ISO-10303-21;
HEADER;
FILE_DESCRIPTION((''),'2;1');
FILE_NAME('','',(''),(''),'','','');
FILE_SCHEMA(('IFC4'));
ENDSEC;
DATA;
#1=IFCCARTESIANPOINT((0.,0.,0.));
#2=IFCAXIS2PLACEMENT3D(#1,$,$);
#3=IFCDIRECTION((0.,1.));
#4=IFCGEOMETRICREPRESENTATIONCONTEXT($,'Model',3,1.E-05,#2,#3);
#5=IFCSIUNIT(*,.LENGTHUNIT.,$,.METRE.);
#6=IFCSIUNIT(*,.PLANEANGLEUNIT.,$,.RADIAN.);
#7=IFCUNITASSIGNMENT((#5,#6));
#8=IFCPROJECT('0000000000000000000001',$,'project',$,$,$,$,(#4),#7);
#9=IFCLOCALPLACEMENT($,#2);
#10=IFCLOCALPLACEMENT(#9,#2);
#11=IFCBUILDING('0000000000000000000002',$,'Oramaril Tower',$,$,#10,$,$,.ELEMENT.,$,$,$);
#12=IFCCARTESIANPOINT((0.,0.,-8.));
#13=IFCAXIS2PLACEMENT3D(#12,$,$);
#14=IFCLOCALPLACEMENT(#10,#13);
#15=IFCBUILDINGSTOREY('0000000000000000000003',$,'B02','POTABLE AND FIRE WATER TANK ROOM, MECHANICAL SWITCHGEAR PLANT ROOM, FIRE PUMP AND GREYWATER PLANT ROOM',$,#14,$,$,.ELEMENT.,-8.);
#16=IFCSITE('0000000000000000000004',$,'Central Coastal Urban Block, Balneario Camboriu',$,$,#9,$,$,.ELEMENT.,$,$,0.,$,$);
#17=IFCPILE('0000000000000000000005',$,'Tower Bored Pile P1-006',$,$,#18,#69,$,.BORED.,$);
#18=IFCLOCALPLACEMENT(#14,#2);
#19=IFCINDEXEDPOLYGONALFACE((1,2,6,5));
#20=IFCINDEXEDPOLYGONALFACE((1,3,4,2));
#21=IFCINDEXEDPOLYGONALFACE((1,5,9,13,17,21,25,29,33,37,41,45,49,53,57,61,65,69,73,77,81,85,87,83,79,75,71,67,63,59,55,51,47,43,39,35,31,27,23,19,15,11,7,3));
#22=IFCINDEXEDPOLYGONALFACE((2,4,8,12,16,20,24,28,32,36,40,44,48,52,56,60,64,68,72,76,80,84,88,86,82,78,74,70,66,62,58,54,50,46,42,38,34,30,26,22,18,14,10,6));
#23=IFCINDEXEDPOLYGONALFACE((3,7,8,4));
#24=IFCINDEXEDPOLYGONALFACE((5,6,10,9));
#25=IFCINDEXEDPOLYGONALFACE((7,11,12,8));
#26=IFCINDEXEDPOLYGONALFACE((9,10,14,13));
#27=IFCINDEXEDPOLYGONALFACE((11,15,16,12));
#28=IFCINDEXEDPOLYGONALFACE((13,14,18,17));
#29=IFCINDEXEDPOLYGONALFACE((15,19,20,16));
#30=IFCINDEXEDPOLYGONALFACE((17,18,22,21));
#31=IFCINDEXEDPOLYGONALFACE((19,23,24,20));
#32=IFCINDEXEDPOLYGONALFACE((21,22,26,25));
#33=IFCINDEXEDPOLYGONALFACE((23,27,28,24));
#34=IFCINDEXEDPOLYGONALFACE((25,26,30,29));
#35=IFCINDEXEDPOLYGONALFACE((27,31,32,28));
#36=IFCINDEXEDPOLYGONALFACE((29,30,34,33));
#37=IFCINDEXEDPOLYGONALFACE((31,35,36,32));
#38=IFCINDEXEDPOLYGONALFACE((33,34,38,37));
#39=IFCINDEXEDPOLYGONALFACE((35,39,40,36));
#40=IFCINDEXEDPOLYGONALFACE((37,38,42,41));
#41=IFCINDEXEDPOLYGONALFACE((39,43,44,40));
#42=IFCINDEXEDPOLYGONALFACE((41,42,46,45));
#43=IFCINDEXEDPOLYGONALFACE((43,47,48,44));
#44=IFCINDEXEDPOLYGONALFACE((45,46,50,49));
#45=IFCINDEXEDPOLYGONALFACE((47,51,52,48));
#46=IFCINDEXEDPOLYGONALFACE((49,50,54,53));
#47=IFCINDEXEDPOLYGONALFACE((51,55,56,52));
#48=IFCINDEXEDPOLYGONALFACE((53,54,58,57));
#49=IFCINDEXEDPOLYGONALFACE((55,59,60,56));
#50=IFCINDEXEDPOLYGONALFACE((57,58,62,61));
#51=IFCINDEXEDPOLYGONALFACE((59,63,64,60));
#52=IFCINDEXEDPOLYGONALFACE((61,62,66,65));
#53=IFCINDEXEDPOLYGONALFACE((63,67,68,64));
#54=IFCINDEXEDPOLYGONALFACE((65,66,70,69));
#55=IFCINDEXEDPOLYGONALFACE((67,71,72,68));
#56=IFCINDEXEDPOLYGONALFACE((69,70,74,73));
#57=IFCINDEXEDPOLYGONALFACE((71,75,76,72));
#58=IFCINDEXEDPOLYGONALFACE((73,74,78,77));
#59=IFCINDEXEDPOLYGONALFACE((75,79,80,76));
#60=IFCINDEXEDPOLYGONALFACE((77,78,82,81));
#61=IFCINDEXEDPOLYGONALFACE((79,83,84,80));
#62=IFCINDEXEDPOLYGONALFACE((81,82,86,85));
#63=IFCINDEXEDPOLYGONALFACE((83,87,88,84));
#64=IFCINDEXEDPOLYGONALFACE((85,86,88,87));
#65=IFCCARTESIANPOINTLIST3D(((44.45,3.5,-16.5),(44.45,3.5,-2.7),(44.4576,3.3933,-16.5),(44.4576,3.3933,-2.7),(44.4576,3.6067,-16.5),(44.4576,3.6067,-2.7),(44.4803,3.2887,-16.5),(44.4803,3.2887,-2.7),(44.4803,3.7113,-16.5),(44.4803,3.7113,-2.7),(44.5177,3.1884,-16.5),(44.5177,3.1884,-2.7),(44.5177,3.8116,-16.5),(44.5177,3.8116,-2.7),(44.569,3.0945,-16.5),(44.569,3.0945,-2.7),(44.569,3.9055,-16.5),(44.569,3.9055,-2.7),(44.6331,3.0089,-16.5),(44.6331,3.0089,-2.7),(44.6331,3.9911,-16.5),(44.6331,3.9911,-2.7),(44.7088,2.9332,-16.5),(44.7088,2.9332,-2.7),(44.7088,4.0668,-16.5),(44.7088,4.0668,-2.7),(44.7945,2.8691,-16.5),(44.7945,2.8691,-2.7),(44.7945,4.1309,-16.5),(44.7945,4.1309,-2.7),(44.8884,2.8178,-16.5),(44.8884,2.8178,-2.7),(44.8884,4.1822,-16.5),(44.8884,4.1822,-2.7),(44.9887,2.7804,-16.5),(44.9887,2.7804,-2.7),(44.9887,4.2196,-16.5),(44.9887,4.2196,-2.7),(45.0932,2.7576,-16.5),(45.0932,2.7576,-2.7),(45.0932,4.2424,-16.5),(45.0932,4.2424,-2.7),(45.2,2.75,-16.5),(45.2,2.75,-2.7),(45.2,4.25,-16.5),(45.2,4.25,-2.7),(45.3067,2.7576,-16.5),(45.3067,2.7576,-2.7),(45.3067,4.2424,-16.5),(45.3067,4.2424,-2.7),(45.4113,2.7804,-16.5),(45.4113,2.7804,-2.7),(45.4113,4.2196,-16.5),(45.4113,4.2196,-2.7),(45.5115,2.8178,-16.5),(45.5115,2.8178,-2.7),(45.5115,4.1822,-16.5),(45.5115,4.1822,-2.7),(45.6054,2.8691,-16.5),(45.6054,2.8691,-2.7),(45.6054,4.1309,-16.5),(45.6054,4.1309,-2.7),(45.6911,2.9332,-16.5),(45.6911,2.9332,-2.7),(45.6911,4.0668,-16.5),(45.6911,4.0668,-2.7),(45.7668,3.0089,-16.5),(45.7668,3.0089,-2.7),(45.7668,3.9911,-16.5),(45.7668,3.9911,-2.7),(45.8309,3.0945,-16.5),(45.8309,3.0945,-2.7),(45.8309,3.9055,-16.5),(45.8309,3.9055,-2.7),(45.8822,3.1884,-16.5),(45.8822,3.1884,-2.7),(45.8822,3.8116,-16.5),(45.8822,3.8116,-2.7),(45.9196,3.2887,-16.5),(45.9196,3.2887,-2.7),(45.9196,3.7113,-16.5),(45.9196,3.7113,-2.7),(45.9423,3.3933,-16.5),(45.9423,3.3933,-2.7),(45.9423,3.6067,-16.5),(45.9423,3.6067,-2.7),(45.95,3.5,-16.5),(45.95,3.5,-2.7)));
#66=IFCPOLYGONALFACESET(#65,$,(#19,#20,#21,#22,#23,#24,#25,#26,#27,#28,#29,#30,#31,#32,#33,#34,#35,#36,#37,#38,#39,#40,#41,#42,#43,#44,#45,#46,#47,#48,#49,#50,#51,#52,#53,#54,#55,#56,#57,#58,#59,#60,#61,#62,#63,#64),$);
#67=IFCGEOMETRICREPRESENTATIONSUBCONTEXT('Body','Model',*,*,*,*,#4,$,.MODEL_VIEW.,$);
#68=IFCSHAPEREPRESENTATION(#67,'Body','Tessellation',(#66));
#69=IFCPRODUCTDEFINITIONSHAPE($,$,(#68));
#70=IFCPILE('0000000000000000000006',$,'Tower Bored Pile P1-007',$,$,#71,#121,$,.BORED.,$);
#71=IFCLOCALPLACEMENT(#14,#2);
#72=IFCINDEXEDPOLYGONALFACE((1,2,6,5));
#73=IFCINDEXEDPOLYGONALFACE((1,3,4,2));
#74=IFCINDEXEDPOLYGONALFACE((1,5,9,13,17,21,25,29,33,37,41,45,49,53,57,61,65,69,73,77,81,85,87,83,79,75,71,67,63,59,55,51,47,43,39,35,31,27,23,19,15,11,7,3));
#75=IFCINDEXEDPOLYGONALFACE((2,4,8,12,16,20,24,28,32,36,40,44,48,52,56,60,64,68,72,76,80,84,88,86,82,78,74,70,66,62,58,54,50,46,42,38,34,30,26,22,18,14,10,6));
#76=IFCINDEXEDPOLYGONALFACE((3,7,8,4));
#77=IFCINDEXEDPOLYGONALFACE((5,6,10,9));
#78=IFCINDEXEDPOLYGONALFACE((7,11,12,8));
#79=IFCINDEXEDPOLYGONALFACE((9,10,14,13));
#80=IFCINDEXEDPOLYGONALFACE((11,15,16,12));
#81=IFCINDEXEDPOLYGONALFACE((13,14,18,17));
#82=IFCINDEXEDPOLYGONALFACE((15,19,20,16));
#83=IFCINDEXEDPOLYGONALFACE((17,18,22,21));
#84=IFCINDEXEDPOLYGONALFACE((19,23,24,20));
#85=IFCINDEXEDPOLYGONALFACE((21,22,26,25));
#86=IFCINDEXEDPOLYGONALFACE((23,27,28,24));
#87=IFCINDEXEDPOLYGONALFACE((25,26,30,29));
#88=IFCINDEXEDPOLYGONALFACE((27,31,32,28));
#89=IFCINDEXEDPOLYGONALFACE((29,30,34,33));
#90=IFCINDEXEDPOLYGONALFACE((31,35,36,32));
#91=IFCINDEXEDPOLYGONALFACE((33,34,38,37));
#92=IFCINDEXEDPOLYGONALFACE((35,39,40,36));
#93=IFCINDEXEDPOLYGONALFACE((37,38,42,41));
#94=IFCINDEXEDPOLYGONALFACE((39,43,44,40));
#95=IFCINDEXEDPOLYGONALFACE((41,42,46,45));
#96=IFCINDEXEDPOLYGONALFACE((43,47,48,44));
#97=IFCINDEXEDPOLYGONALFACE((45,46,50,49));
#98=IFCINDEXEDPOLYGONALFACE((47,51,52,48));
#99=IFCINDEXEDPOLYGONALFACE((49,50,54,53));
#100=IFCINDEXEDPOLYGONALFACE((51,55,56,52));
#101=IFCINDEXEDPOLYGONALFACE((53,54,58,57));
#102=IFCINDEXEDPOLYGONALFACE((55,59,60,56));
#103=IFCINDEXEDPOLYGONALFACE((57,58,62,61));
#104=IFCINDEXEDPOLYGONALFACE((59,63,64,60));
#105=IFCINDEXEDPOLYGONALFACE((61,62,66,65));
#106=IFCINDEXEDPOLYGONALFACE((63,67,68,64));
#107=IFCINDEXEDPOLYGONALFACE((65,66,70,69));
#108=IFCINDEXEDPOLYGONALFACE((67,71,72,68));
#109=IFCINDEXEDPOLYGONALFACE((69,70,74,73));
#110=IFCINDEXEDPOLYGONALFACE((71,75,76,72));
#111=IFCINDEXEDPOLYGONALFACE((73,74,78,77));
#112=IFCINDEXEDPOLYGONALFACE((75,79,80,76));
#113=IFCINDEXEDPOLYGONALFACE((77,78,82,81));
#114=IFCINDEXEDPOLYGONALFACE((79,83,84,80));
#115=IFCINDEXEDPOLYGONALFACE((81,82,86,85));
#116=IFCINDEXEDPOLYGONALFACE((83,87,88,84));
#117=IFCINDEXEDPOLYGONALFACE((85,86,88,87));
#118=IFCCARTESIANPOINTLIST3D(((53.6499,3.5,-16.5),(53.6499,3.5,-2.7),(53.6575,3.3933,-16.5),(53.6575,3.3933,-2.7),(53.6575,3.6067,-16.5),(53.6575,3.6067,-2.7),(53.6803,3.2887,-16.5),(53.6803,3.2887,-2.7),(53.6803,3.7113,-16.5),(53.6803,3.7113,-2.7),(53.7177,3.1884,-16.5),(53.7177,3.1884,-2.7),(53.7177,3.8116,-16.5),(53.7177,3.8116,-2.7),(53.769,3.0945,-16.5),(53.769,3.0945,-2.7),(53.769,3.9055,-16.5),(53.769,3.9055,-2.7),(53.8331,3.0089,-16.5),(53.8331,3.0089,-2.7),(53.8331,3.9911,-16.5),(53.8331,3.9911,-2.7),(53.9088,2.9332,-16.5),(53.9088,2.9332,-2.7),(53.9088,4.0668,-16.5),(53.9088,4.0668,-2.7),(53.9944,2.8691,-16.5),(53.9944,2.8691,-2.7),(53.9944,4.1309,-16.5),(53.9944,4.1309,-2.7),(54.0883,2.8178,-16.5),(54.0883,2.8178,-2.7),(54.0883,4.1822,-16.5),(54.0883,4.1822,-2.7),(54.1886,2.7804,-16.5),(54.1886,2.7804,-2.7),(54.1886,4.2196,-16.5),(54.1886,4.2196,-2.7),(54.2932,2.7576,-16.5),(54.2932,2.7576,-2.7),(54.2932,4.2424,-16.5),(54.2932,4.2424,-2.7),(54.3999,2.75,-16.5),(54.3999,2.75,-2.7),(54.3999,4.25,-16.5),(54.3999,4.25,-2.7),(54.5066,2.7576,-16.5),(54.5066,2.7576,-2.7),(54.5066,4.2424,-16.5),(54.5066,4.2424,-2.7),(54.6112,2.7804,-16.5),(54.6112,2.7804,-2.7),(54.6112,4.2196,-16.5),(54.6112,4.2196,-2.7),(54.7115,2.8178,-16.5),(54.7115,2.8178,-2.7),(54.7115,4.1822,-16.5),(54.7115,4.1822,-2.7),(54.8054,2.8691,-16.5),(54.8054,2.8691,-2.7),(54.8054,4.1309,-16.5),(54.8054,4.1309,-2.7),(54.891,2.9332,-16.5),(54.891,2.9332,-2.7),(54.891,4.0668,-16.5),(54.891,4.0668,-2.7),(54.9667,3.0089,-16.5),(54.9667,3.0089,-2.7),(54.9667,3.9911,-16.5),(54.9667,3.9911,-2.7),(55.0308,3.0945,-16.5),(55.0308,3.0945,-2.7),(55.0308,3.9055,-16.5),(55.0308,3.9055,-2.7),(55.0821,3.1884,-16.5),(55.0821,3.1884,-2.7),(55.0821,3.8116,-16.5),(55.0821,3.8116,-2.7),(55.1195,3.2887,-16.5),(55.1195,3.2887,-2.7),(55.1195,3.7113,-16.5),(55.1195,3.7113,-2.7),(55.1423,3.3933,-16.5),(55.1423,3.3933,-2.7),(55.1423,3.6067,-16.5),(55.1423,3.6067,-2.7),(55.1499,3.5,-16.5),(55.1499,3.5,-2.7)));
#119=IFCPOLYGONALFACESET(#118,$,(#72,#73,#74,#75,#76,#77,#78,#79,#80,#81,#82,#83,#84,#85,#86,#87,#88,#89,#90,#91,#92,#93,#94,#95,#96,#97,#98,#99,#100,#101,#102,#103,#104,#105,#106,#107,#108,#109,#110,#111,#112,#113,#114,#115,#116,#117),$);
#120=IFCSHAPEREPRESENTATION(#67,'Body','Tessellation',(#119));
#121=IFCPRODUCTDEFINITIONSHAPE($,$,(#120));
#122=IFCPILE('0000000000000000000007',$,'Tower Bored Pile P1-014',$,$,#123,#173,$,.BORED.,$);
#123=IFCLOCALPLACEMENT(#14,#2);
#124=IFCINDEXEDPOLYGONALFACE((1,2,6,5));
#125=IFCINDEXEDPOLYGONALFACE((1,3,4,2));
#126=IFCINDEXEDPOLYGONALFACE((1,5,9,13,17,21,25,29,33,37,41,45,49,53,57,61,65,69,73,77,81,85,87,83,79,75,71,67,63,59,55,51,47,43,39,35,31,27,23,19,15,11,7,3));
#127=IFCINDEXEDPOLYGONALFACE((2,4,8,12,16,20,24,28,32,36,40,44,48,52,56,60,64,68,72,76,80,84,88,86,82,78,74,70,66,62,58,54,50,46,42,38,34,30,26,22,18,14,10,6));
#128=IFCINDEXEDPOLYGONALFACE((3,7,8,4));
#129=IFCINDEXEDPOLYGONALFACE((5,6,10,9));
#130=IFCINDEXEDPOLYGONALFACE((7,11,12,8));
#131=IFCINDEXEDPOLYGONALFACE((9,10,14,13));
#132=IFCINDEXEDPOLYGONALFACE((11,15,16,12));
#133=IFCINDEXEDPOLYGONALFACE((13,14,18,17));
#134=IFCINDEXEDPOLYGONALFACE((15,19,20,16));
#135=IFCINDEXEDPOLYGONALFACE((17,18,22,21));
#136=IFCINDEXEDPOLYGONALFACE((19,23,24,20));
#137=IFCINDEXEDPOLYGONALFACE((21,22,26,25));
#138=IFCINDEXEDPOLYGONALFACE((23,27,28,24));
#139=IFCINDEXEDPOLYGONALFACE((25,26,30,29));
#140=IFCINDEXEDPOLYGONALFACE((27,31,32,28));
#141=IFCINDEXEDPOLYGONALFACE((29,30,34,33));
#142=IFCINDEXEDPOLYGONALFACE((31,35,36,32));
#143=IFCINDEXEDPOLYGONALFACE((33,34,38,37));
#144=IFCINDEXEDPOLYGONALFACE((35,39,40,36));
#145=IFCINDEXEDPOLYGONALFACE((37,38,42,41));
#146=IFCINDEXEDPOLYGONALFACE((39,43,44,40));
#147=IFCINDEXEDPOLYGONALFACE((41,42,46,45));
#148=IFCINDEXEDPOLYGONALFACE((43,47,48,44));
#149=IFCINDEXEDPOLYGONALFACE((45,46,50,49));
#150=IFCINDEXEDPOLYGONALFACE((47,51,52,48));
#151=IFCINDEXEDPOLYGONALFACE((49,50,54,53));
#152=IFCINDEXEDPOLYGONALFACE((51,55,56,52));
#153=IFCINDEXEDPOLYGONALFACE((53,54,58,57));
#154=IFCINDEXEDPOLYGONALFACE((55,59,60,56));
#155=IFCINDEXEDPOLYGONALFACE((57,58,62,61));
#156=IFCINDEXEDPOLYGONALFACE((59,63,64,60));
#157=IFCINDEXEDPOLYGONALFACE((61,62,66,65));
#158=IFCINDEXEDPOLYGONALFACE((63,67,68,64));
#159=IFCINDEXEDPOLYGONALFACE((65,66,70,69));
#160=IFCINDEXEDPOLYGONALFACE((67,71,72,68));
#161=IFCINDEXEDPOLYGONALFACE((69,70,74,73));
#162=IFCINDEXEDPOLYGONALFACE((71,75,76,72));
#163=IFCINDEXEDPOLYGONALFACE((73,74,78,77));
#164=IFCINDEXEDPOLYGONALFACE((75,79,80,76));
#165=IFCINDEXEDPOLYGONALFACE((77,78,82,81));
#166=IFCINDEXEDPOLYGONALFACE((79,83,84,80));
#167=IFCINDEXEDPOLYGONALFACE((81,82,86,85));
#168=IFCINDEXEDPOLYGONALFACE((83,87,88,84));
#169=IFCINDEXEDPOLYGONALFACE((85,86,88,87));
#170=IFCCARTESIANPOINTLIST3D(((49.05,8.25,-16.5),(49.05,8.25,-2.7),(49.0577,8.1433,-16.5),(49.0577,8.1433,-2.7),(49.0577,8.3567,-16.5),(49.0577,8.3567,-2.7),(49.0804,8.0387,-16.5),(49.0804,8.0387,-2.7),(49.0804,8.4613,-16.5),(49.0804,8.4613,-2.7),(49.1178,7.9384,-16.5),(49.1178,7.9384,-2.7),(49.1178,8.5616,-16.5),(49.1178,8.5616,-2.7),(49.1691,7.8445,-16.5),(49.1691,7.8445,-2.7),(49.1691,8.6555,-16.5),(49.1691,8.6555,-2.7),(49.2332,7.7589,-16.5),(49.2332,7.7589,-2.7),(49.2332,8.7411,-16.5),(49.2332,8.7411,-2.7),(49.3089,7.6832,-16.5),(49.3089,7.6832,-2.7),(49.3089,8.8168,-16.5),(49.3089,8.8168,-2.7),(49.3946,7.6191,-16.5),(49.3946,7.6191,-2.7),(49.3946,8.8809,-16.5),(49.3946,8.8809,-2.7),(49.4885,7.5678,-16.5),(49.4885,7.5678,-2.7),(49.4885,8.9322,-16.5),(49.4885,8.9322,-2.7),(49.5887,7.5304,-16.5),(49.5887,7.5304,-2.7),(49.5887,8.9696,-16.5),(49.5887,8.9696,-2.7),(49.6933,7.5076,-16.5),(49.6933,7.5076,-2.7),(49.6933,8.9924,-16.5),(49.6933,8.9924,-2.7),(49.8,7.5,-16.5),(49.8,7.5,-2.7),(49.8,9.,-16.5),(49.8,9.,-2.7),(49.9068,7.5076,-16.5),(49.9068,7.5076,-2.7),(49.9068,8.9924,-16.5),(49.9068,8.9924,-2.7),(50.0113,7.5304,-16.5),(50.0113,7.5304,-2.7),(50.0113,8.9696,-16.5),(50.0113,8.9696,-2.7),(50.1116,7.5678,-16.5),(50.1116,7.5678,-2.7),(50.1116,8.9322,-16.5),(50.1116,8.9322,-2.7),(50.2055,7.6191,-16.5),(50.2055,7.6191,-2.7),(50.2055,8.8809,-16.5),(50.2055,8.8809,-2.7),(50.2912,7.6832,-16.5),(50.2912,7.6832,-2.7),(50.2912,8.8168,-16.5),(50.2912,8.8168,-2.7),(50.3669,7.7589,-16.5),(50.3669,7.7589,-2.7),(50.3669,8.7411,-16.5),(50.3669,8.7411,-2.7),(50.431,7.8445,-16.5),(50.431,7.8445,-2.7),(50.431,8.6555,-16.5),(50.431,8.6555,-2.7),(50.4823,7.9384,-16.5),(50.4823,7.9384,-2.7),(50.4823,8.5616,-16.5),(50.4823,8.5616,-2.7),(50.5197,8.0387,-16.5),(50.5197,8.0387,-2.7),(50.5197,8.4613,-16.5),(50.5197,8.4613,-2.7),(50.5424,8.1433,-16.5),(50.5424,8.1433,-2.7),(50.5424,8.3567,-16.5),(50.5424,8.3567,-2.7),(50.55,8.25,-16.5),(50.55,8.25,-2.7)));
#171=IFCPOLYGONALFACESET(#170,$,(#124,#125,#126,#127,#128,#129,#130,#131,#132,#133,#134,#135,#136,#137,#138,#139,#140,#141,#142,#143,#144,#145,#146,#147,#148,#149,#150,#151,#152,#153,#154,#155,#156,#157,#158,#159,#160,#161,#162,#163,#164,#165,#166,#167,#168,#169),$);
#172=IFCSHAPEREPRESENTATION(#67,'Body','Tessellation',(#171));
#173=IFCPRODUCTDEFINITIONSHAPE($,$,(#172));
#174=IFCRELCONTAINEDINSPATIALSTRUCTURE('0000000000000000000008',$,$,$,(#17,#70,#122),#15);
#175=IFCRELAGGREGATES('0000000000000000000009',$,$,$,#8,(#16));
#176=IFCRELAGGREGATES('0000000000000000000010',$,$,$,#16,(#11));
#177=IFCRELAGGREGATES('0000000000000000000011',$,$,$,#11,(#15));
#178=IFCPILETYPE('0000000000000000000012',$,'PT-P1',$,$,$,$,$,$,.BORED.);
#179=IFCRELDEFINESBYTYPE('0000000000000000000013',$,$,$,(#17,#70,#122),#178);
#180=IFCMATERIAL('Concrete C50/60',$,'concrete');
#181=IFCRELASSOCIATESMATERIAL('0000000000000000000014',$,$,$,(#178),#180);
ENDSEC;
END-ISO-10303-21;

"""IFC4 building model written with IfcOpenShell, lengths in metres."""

from ifc_helpers import new_model, si_unit, direction, frame, origin, origin_2d, place, context, subcontext, project, spatial, circle, extrude, material, material_profile, profile_set, type_object, element, save


model = new_model("IFC4")

# Units and contexts
model_context = context("Model", 3, precision=1e-05, world=origin(), true_north=direction((0.0, 1.0)))
body_context = subcontext(model_context, "Body", "Model", "MODEL_VIEW")
ifc_project = project(units=[si_unit("LENGTHUNIT", "METRE"), si_unit("PLANEANGLEUNIT", "RADIAN")], contexts=[model_context])

# Site, building, storey
site_placement = place(None, origin())
site = spatial("IfcSite", under=ifc_project, at=site_placement, Name="Central Coastal Urban Block, Balneario Camboriu", CompositionType="ELEMENT", RefElevation=0.0)
building_placement = place(site_placement, origin())
building = spatial("IfcBuilding", under=site, at=building_placement, Name="Oramaril Tower", CompositionType="ELEMENT")
storey_placement = place(building_placement, frame((0.0, 0.0, -8.0)))
storey = spatial("IfcBuildingStorey", under=building, at=storey_placement, Name="B02", Description="POTABLE AND FIRE WATER TANK ROOM, MECHANICAL SWITCHGEAR PLANT ROOM, FIRE PUMP AND GREYWATER PLANT ROOM", CompositionType="ELEMENT", Elevation=-8.0)

# Piles
ifc_material_1 = material(Name="Concrete C50/60", Category="concrete")
ifc_material_profile_1 = material_profile(ifc_material_1, circle(Radius=0.75, at=origin_2d()), Name="D1500")
ifc_profile_set_1 = profile_set([ifc_material_profile_1], Name="Concrete C50/60")
pile_type = type_object("IfcPileType", Name="PT-P1", PredefinedType="BORED", material=ifc_profile_set_1)
for number, where, z_axis, x_axis, name in (
    (1, (45.2, 3.5, -2.7), (0.0, 0.0, -1.0), (1.0, 0.0, 0.0), "Tower Bored Pile P1-006"),
    (2, (54.3999, 3.5, -2.7), (0.0, 0.0, -1.0), (1.0, 0.0, 0.0), "Tower Bored Pile P1-007"),
    (3, (49.8, 8.25, -2.7), (0.0, 0.0, -1.0), (1.0, 0.0, 0.0), "Tower Bored Pile P1-014"),
):
    element("IfcPile", number, at=place(storey_placement, frame(where, z_axis=z_axis, x_axis=x_axis)), inside=storey, type_object=pile_type, Name=name, PredefinedType="BORED", context=body_context, shape_type="SweptSolid", body=[
        extrude(circle(Radius=0.75, at=origin_2d()), origin(), (0.0, 0.0, 1.0), 13.8),
    ])

save(model, "model.ifc")
